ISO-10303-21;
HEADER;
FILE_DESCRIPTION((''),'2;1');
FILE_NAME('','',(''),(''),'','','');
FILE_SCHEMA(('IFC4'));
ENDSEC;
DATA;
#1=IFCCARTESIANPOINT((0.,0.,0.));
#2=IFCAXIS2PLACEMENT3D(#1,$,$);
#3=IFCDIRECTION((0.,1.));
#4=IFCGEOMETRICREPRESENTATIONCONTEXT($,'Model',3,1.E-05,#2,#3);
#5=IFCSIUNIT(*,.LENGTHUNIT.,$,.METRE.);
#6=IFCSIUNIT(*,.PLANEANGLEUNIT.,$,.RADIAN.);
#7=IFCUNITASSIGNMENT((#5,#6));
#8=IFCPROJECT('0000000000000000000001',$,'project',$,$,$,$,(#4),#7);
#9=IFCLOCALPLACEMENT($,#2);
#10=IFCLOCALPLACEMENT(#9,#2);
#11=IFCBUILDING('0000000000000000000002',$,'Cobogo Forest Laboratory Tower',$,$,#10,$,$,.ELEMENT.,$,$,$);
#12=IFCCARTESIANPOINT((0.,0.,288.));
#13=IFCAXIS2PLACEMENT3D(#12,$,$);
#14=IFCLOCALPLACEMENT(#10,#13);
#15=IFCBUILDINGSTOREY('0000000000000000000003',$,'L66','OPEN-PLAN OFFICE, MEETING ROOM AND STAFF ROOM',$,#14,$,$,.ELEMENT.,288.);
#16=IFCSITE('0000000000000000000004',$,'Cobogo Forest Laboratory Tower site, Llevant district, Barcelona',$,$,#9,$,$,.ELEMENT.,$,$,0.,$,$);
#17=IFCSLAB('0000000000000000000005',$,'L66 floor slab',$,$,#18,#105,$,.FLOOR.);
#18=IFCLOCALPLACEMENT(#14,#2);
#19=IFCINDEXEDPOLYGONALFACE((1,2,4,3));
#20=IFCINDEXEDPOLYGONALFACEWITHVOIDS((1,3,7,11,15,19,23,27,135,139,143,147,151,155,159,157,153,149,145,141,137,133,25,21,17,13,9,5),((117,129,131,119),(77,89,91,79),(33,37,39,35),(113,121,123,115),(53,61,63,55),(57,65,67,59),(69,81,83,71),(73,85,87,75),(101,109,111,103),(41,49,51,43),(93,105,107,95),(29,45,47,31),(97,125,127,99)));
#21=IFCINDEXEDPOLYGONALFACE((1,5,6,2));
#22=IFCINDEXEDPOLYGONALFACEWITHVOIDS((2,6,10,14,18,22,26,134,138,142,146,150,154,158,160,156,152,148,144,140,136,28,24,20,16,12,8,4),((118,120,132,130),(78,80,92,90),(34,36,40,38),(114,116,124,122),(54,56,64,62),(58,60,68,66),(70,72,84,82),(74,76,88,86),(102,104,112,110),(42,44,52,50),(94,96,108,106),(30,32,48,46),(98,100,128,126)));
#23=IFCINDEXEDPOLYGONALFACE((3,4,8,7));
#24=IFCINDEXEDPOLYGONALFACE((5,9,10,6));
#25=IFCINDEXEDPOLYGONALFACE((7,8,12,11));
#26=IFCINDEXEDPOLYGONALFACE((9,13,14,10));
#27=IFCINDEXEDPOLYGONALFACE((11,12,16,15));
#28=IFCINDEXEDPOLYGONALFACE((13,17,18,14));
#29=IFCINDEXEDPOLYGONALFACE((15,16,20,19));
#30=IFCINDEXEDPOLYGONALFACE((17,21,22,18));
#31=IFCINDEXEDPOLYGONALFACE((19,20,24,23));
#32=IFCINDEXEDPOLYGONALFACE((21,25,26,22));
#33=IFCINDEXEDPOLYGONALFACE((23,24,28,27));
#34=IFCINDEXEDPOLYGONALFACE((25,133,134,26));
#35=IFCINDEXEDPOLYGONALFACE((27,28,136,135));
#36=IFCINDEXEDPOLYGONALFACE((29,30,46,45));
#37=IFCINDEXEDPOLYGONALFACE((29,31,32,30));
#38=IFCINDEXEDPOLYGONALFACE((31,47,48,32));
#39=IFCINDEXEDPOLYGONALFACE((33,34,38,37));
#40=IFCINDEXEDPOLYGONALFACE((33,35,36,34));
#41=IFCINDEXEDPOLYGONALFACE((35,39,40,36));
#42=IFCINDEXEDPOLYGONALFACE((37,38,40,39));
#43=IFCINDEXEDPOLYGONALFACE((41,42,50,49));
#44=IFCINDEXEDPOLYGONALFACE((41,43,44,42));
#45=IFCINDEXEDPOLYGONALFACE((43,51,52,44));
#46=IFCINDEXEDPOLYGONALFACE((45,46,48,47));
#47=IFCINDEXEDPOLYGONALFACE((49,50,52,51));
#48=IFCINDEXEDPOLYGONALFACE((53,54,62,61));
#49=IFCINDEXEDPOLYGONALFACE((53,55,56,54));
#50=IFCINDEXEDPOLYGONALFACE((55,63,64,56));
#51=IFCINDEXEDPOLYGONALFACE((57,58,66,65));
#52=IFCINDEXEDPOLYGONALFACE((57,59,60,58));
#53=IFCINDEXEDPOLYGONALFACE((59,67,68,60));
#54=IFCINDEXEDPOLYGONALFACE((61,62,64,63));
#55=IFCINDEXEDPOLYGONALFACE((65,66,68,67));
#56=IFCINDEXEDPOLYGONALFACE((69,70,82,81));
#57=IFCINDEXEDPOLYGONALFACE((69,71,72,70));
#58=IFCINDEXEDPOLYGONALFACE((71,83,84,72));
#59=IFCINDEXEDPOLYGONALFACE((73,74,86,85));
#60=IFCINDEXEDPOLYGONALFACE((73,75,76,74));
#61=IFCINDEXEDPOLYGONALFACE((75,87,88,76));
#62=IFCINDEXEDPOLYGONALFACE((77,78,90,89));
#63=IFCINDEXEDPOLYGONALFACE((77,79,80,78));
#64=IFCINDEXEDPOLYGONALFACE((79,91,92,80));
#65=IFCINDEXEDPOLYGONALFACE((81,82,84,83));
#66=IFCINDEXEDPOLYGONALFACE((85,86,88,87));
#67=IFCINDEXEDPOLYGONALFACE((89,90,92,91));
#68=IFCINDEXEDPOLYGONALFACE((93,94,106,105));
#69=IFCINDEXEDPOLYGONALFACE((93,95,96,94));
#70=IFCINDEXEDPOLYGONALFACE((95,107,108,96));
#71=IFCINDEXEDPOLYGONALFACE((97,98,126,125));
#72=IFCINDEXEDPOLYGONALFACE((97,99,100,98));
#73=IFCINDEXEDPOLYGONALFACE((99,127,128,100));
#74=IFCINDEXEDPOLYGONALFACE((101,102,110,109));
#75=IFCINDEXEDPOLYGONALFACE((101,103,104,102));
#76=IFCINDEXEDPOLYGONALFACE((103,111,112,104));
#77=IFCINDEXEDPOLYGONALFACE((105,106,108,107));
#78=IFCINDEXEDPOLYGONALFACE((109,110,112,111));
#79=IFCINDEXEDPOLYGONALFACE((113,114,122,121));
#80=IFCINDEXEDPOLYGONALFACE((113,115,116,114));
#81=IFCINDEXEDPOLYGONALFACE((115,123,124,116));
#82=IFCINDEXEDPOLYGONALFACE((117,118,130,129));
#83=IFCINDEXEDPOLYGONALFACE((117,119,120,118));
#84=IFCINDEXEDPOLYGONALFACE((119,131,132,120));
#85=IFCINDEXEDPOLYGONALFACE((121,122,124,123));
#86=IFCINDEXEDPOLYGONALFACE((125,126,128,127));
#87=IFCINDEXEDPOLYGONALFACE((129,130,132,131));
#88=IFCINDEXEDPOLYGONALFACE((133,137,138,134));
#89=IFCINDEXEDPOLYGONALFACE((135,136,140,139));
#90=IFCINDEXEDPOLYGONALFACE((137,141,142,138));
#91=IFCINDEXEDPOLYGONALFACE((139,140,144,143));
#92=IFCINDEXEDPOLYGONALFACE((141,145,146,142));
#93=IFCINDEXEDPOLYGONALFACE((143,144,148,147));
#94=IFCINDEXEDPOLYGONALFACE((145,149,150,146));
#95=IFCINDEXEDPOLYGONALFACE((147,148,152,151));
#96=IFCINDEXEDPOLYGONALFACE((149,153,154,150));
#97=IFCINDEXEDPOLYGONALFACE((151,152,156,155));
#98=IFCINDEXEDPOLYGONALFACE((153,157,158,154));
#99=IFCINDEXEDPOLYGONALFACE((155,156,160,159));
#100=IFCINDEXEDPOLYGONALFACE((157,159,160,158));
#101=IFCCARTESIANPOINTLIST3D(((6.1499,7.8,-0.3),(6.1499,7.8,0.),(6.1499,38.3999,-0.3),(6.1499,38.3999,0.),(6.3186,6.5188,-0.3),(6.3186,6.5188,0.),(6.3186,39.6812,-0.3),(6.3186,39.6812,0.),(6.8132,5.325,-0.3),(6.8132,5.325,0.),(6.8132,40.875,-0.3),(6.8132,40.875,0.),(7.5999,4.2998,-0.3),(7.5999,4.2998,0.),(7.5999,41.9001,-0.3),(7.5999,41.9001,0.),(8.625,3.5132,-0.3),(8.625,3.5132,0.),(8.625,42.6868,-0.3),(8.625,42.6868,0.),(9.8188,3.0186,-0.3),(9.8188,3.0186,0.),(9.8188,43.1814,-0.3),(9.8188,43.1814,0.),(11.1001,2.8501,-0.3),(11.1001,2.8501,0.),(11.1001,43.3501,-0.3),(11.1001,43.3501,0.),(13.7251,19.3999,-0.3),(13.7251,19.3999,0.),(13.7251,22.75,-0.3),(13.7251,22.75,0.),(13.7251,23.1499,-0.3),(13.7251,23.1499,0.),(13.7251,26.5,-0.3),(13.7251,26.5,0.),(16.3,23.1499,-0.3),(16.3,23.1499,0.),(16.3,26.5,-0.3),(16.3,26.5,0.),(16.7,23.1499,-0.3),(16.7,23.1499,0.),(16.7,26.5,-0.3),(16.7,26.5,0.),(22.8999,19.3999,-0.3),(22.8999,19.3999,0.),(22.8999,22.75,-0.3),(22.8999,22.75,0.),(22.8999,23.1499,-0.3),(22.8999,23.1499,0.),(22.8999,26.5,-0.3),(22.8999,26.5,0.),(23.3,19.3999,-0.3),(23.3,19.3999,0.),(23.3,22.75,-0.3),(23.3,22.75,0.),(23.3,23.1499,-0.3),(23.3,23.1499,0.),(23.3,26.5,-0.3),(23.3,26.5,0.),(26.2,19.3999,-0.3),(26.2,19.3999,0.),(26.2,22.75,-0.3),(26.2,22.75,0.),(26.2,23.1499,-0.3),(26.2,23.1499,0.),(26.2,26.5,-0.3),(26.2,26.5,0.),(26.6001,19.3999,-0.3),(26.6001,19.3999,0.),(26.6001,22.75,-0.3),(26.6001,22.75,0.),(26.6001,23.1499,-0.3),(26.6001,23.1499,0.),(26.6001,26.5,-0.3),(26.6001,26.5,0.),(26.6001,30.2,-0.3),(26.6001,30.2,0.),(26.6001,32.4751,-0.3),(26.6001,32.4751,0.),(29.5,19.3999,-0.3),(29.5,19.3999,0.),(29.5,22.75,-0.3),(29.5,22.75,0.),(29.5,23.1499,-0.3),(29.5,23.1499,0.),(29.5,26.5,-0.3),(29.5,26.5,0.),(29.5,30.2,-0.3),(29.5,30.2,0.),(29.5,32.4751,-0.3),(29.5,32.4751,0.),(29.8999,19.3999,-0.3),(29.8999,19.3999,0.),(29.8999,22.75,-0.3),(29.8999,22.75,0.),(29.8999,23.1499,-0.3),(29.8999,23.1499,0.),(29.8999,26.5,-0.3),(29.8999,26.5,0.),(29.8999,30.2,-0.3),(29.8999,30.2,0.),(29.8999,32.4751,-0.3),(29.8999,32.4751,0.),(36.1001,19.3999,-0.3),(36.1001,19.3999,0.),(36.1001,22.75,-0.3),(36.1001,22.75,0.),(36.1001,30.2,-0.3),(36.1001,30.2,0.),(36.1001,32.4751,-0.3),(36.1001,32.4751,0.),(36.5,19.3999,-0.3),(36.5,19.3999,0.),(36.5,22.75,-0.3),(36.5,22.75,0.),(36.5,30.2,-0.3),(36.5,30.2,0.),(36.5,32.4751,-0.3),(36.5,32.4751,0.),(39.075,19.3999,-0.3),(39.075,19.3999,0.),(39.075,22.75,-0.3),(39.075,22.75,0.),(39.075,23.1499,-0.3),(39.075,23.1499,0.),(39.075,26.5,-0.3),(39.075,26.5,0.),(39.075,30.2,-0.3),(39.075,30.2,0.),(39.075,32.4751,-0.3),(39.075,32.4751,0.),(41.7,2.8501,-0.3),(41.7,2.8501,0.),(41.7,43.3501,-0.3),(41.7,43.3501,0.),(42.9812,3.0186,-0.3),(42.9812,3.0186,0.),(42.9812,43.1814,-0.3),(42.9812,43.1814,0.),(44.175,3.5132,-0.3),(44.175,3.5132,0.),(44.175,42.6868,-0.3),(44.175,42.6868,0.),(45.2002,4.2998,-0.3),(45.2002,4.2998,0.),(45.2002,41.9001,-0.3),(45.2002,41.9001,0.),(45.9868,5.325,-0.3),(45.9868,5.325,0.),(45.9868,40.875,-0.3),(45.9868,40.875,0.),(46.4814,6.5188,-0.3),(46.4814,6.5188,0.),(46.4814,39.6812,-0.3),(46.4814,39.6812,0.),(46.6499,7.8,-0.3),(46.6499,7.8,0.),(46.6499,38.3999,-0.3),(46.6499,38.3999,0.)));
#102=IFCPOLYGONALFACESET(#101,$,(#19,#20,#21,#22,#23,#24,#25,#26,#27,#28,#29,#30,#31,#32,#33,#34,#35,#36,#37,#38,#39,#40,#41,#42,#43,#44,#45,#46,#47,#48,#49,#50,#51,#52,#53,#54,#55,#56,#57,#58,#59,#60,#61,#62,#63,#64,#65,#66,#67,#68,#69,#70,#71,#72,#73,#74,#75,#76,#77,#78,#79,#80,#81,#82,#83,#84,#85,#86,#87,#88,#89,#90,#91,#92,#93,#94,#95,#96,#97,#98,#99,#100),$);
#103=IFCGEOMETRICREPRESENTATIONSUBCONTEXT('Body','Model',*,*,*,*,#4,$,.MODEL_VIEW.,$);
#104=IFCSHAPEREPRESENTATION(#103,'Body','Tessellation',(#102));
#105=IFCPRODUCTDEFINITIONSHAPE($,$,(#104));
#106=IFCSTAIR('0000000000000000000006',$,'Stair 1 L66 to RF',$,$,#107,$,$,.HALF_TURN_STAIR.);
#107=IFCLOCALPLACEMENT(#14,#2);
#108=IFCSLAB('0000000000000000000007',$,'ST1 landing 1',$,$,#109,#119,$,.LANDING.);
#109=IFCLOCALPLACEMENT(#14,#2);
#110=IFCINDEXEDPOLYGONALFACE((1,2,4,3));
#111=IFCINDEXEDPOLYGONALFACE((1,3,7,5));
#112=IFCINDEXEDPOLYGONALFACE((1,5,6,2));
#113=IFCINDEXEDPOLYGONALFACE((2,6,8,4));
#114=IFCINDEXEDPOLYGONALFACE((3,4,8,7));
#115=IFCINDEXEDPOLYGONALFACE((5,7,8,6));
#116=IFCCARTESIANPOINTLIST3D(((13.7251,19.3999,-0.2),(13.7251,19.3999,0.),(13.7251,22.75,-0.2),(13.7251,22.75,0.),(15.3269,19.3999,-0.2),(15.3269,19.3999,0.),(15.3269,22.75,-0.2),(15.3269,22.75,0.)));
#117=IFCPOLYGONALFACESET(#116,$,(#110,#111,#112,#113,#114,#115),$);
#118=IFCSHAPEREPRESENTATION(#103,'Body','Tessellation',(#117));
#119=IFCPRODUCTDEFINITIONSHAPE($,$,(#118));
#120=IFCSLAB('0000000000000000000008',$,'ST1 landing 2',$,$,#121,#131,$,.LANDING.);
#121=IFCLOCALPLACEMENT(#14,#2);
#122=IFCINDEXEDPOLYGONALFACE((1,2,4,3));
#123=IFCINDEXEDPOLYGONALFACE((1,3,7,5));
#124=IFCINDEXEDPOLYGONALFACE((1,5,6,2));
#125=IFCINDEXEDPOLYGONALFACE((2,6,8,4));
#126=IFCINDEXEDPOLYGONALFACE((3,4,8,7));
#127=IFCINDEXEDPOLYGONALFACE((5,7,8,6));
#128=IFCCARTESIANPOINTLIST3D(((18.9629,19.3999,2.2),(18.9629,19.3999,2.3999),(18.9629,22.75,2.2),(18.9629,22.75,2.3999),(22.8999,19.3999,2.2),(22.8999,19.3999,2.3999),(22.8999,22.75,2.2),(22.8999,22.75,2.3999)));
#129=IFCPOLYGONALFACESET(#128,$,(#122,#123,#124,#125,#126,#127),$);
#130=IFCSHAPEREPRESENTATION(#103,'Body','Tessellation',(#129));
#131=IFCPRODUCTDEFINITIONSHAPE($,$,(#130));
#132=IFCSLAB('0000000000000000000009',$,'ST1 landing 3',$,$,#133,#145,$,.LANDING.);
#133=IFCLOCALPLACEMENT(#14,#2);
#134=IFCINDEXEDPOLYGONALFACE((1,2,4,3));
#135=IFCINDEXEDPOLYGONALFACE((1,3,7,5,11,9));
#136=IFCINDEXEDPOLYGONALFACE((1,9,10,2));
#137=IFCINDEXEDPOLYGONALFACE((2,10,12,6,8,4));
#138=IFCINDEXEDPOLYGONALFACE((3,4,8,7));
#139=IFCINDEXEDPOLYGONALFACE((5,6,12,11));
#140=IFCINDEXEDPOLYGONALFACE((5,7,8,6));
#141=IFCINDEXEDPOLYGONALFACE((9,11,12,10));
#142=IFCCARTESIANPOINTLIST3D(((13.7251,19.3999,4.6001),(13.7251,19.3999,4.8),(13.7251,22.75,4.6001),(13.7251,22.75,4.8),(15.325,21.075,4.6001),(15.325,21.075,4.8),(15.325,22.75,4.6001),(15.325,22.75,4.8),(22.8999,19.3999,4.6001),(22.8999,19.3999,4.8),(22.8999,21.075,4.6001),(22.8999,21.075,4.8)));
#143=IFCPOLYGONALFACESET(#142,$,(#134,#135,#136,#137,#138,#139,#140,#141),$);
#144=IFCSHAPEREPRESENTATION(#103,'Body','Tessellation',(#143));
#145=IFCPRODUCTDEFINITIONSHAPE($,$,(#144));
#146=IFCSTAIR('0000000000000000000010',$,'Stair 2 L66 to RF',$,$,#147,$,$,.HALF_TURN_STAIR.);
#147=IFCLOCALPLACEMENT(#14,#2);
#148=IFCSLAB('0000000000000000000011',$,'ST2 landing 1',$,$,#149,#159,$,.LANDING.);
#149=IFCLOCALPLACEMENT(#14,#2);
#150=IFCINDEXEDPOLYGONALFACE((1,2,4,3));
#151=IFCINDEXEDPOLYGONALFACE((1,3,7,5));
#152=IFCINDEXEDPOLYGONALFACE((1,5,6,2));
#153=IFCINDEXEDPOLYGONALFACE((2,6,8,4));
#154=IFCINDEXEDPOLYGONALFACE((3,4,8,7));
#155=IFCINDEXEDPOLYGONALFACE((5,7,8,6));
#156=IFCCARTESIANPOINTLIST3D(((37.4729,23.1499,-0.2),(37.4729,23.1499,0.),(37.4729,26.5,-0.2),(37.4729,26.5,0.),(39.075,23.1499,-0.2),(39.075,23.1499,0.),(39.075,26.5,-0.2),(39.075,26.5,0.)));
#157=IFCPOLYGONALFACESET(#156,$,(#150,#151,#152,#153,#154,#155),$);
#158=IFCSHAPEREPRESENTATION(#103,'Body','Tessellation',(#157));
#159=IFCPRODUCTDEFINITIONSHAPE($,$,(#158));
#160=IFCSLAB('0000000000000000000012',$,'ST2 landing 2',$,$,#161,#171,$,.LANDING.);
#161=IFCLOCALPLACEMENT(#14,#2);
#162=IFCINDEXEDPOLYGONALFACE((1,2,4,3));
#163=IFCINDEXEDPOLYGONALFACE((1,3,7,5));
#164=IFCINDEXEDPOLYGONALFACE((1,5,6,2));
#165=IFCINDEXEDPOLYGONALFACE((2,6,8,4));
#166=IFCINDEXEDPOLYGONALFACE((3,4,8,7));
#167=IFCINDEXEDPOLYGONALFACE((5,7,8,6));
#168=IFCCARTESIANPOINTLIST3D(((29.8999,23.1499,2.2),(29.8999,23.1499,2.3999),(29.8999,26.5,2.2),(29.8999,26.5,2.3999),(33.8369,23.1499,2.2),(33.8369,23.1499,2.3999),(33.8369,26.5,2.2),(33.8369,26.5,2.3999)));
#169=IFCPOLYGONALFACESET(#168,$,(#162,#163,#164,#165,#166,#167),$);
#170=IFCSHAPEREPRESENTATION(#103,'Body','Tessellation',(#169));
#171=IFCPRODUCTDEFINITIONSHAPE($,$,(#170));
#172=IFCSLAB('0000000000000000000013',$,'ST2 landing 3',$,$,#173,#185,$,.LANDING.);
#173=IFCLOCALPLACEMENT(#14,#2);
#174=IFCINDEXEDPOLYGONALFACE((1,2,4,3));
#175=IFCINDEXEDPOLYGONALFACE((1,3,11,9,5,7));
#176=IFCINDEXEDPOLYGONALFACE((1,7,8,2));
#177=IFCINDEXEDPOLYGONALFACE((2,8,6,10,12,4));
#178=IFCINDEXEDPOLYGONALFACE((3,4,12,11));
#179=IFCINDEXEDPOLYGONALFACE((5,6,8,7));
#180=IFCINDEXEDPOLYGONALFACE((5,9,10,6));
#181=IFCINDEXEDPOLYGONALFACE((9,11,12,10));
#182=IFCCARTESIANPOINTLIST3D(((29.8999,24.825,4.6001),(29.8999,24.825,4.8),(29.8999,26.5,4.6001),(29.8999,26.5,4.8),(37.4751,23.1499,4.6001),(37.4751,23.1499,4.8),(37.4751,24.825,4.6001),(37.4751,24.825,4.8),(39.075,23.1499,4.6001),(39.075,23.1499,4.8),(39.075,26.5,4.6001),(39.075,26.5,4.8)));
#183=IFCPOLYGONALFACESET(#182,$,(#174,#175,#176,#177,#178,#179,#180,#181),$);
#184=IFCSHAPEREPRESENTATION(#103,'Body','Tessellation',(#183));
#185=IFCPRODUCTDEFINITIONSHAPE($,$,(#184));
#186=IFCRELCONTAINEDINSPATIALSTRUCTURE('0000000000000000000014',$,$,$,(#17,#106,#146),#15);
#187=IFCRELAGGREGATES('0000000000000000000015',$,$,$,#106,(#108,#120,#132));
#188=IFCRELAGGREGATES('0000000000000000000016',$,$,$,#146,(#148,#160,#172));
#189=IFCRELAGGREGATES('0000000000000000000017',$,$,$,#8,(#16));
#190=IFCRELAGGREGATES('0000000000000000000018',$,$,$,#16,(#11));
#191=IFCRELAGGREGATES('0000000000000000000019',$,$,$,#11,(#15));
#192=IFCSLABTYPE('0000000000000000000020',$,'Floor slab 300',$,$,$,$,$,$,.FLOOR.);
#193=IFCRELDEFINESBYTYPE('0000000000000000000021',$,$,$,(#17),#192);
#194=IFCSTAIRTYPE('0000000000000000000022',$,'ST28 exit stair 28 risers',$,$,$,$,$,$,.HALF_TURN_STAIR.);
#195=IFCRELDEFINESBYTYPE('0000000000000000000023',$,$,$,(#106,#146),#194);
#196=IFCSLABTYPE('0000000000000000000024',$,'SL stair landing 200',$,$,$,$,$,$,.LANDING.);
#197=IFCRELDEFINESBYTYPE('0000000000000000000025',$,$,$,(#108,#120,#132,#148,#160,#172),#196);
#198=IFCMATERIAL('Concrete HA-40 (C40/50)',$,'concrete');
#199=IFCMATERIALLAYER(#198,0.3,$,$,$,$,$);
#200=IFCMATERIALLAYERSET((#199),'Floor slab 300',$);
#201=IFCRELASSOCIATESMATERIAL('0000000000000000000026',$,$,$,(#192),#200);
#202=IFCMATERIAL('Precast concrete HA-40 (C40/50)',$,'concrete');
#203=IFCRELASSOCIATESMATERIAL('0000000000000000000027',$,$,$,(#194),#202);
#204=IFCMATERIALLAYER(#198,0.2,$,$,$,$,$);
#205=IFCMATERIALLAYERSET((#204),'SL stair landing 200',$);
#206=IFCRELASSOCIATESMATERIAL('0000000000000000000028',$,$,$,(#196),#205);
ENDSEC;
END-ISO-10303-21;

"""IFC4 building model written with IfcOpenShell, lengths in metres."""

from ifc_helpers import new_model, si_unit, direction, frame, origin, place, context, subcontext, project, spatial, polyline, outline, extrude, material, layer, layer_set, type_object, element, aggregate, save


model = new_model("IFC4")

# Units and contexts
model_context = context("Model", 3, precision=1e-05, world=origin(), true_north=direction((0.0, 1.0)))
body_context = subcontext(model_context, "Body", "Model", "MODEL_VIEW")
ifc_project = project(units=[si_unit("LENGTHUNIT", "METRE"), si_unit("PLANEANGLEUNIT", "RADIAN")], contexts=[model_context])

# Site, building, storey
site_placement = place(None, origin())
site = spatial("IfcSite", under=ifc_project, at=site_placement, Name="Cobogo Forest Laboratory Tower site, Llevant district, Barcelona", CompositionType="ELEMENT", RefElevation=0.0)
building_placement = place(site_placement, origin())
building = spatial("IfcBuilding", under=site, at=building_placement, Name="Cobogo Forest Laboratory Tower", CompositionType="ELEMENT")
storey_placement = place(building_placement, frame((0.0, 0.0, 288.0)))
storey = spatial("IfcBuildingStorey", under=building, at=storey_placement, Name="L66", Description="OPEN-PLAN OFFICE, MEETING ROOM AND STAFF ROOM", CompositionType="ELEMENT", Elevation=288.0)

# Slab
ifc_material_1 = material(Name="Concrete HA-40 (C40/50)", Category="concrete")
ifc_layer_1 = layer(ifc_material_1, 0.3)
ifc_layer_set_1 = layer_set([ifc_layer_1], Name="Floor slab 300")
slab_type_1 = type_object("IfcSlabType", Name="Floor slab 300", PredefinedType="FLOOR", material=ifc_layer_set_1)
slab_1_placement = place(storey_placement, frame((0.0, 0.0, -0.3)))
element("IfcSlab", 1, at=slab_1_placement, inside=storey, type_object=slab_type_1, Name="L66 floor slab", PredefinedType="FLOOR", context=body_context, shape_type="SweptSolid", body=[
    extrude(outline(polyline([(41.7, 2.8501), (42.9812, 3.0186), (44.175, 3.5132), (45.2002, 4.2998), (45.9868, 5.325), (46.4814, 6.5188), (46.6499, 7.8), (46.6499, 38.3999), (46.4814, 39.6812), (45.9868, 40.875), (45.2002, 41.9001), (44.175, 42.6868), (42.9812, 43.1814), (41.7, 43.3501), (11.1001, 43.3501), (9.8188, 43.1814), (8.625, 42.6868), (7.5999, 41.9001), (6.8132, 40.875), (6.3186, 39.6812), (6.1499, 38.3999), (6.1499, 7.8), (6.3186, 6.5188), (6.8132, 5.325), (7.5999, 4.2998), (8.625, 3.5132), (9.8188, 3.0186), (11.1001, 2.8501), (41.7, 2.8501)]), holes=[polyline([(22.8999, 19.3999), (13.7251, 19.3999), (13.7251, 22.75), (22.8999, 22.75), (22.8999, 19.3999)]), polyline([(26.2, 19.3999), (23.3, 19.3999), (23.3, 22.75), (26.2, 22.75), (26.2, 19.3999)]), polyline([(29.5, 19.3999), (26.6001, 19.3999), (26.6001, 22.75), (29.5, 22.75), (29.5, 19.3999)]), polyline([(36.1001, 22.75), (36.1001, 19.3999), (29.8999, 19.3999), (29.8999, 22.75), (36.1001, 22.75)]), polyline([(39.075, 19.3999), (36.5, 19.3999), (36.5, 22.75), (39.075, 22.75), (39.075, 19.3999)]), polyline([(16.3, 23.1499), (13.7251, 23.1499), (13.7251, 26.5), (16.3, 26.5), (16.3, 23.1499)]), polyline([(22.8999, 26.5), (22.8999, 23.1499), (16.7, 23.1499), (16.7, 26.5), (22.8999, 26.5)]), polyline([(26.2, 23.1499), (23.3, 23.1499), (23.3, 26.5), (26.2, 26.5), (26.2, 23.1499)]), polyline([(29.5, 23.1499), (26.6001, 23.1499), (26.6001, 26.5), (29.5, 26.5), (29.5, 23.1499)]), polyline([(39.075, 23.1499), (29.8999, 23.1499), (29.8999, 26.5), (39.075, 26.5), (39.075, 23.1499)]), polyline([(29.5, 30.2), (26.6001, 30.2), (26.6001, 32.4751), (29.5, 32.4751), (29.5, 30.2)]), polyline([(36.1001, 32.4751), (36.1001, 30.2), (29.8999, 30.2), (29.8999, 32.4751), (36.1001, 32.4751)]), polyline([(39.075, 30.2), (36.5, 30.2), (36.5, 32.4751), (39.075, 32.4751), (39.075, 30.2)])]), origin(), (0.0, 0.0, 1.0), 0.3),
])

# Stairs, slabs
ifc_material_2 = material(Name="Precast concrete HA-40 (C40/50)", Category="concrete")
stair_type = type_object("IfcStairType", Name="ST28 exit stair 28 risers", PredefinedType="HALF_TURN_STAIR", material=ifc_material_2)
stair_1_placement = place(storey_placement, origin())
stair_1 = element("IfcStair", 2, at=stair_1_placement, inside=storey, type_object=stair_type, Name="Stair 1 L66 to RF", PredefinedType="HALF_TURN_STAIR")
ifc_layer_2 = layer(ifc_material_1, 0.2)
ifc_layer_set_2 = layer_set([ifc_layer_2], Name="SL stair landing 200")
slab_type_2 = type_object("IfcSlabType", Name="SL stair landing 200", PredefinedType="LANDING", material=ifc_layer_set_2)
slab_2_placement = place(storey_placement, frame((0.0, 0.0, -0.2)))
slab_2 = element("IfcSlab", 3, at=slab_2_placement, type_object=slab_type_2, Name="ST1 landing 1", PredefinedType="LANDING", context=body_context, shape_type="SweptSolid", body=[
    extrude(outline(polyline([(13.7251, 19.3999), (15.3269, 19.3999), (15.3269, 22.75), (13.7251, 22.75), (13.7251, 19.3999)])), origin(), (0.0, 0.0, 1.0), 0.2),
])
slab_3_placement = place(storey_placement, frame((0.0, 0.0, 2.2)))
slab_3 = element("IfcSlab", 4, at=slab_3_placement, type_object=slab_type_2, Name="ST1 landing 2", PredefinedType="LANDING", context=body_context, shape_type="SweptSolid", body=[
    extrude(outline(polyline([(18.9629, 19.3999), (22.8999, 19.3999), (22.8999, 22.75), (18.9629, 22.75), (18.9629, 19.3999)])), origin(), (0.0, 0.0, 1.0), 0.2),
])
slab_4_placement = place(storey_placement, frame((0.0, 0.0, 4.6001)))
slab_4 = element("IfcSlab", 5, at=slab_4_placement, type_object=slab_type_2, Name="ST1 landing 3", PredefinedType="LANDING", context=body_context, shape_type="SweptSolid", body=[
    extrude(outline(polyline([(13.7251, 19.3999), (22.8999, 19.3999), (22.8999, 21.075), (15.325, 21.075), (15.325, 22.75), (13.7251, 22.75), (13.7251, 19.3999)])), origin(), (0.0, 0.0, 1.0), 0.2),
])
aggregate(stair_1, [slab_2, slab_3, slab_4])
stair_2_placement = place(storey_placement, origin())
stair_2 = element("IfcStair", 6, at=stair_2_placement, inside=storey, type_object=stair_type, Name="Stair 2 L66 to RF", PredefinedType="HALF_TURN_STAIR")
slab_5_placement = place(storey_placement, frame((0.0, 0.0, -0.2)))
slab_5 = element("IfcSlab", 7, at=slab_5_placement, type_object=slab_type_2, Name="ST2 landing 1", PredefinedType="LANDING", context=body_context, shape_type="SweptSolid", body=[
    extrude(outline(polyline([(37.4729, 23.1499), (39.075, 23.1499), (39.075, 26.5), (37.4729, 26.5), (37.4729, 23.1499)])), origin(), (0.0, 0.0, 1.0), 0.2),
])
slab_6_placement = place(storey_placement, frame((0.0, 0.0, 2.2)))
slab_6 = element("IfcSlab", 8, at=slab_6_placement, type_object=slab_type_2, Name="ST2 landing 2", PredefinedType="LANDING", context=body_context, shape_type="SweptSolid", body=[
    extrude(outline(polyline([(29.8999, 23.1499), (33.8369, 23.1499), (33.8369, 26.5), (29.8999, 26.5), (29.8999, 23.1499)])), origin(), (0.0, 0.0, 1.0), 0.2),
])
slab_7_placement = place(storey_placement, frame((0.0, 0.0, 4.6001)))
slab_7 = element("IfcSlab", 9, at=slab_7_placement, type_object=slab_type_2, Name="ST2 landing 3", PredefinedType="LANDING", context=body_context, shape_type="SweptSolid", body=[
    extrude(outline(polyline([(29.8999, 24.825), (37.4751, 24.825), (37.4751, 23.1499), (39.075, 23.1499), (39.075, 26.5), (29.8999, 26.5), (29.8999, 24.825)])), origin(), (0.0, 0.0, 1.0), 0.2),
])
aggregate(stair_2, [slab_5, slab_6, slab_7])

save(model, "model.ifc")
